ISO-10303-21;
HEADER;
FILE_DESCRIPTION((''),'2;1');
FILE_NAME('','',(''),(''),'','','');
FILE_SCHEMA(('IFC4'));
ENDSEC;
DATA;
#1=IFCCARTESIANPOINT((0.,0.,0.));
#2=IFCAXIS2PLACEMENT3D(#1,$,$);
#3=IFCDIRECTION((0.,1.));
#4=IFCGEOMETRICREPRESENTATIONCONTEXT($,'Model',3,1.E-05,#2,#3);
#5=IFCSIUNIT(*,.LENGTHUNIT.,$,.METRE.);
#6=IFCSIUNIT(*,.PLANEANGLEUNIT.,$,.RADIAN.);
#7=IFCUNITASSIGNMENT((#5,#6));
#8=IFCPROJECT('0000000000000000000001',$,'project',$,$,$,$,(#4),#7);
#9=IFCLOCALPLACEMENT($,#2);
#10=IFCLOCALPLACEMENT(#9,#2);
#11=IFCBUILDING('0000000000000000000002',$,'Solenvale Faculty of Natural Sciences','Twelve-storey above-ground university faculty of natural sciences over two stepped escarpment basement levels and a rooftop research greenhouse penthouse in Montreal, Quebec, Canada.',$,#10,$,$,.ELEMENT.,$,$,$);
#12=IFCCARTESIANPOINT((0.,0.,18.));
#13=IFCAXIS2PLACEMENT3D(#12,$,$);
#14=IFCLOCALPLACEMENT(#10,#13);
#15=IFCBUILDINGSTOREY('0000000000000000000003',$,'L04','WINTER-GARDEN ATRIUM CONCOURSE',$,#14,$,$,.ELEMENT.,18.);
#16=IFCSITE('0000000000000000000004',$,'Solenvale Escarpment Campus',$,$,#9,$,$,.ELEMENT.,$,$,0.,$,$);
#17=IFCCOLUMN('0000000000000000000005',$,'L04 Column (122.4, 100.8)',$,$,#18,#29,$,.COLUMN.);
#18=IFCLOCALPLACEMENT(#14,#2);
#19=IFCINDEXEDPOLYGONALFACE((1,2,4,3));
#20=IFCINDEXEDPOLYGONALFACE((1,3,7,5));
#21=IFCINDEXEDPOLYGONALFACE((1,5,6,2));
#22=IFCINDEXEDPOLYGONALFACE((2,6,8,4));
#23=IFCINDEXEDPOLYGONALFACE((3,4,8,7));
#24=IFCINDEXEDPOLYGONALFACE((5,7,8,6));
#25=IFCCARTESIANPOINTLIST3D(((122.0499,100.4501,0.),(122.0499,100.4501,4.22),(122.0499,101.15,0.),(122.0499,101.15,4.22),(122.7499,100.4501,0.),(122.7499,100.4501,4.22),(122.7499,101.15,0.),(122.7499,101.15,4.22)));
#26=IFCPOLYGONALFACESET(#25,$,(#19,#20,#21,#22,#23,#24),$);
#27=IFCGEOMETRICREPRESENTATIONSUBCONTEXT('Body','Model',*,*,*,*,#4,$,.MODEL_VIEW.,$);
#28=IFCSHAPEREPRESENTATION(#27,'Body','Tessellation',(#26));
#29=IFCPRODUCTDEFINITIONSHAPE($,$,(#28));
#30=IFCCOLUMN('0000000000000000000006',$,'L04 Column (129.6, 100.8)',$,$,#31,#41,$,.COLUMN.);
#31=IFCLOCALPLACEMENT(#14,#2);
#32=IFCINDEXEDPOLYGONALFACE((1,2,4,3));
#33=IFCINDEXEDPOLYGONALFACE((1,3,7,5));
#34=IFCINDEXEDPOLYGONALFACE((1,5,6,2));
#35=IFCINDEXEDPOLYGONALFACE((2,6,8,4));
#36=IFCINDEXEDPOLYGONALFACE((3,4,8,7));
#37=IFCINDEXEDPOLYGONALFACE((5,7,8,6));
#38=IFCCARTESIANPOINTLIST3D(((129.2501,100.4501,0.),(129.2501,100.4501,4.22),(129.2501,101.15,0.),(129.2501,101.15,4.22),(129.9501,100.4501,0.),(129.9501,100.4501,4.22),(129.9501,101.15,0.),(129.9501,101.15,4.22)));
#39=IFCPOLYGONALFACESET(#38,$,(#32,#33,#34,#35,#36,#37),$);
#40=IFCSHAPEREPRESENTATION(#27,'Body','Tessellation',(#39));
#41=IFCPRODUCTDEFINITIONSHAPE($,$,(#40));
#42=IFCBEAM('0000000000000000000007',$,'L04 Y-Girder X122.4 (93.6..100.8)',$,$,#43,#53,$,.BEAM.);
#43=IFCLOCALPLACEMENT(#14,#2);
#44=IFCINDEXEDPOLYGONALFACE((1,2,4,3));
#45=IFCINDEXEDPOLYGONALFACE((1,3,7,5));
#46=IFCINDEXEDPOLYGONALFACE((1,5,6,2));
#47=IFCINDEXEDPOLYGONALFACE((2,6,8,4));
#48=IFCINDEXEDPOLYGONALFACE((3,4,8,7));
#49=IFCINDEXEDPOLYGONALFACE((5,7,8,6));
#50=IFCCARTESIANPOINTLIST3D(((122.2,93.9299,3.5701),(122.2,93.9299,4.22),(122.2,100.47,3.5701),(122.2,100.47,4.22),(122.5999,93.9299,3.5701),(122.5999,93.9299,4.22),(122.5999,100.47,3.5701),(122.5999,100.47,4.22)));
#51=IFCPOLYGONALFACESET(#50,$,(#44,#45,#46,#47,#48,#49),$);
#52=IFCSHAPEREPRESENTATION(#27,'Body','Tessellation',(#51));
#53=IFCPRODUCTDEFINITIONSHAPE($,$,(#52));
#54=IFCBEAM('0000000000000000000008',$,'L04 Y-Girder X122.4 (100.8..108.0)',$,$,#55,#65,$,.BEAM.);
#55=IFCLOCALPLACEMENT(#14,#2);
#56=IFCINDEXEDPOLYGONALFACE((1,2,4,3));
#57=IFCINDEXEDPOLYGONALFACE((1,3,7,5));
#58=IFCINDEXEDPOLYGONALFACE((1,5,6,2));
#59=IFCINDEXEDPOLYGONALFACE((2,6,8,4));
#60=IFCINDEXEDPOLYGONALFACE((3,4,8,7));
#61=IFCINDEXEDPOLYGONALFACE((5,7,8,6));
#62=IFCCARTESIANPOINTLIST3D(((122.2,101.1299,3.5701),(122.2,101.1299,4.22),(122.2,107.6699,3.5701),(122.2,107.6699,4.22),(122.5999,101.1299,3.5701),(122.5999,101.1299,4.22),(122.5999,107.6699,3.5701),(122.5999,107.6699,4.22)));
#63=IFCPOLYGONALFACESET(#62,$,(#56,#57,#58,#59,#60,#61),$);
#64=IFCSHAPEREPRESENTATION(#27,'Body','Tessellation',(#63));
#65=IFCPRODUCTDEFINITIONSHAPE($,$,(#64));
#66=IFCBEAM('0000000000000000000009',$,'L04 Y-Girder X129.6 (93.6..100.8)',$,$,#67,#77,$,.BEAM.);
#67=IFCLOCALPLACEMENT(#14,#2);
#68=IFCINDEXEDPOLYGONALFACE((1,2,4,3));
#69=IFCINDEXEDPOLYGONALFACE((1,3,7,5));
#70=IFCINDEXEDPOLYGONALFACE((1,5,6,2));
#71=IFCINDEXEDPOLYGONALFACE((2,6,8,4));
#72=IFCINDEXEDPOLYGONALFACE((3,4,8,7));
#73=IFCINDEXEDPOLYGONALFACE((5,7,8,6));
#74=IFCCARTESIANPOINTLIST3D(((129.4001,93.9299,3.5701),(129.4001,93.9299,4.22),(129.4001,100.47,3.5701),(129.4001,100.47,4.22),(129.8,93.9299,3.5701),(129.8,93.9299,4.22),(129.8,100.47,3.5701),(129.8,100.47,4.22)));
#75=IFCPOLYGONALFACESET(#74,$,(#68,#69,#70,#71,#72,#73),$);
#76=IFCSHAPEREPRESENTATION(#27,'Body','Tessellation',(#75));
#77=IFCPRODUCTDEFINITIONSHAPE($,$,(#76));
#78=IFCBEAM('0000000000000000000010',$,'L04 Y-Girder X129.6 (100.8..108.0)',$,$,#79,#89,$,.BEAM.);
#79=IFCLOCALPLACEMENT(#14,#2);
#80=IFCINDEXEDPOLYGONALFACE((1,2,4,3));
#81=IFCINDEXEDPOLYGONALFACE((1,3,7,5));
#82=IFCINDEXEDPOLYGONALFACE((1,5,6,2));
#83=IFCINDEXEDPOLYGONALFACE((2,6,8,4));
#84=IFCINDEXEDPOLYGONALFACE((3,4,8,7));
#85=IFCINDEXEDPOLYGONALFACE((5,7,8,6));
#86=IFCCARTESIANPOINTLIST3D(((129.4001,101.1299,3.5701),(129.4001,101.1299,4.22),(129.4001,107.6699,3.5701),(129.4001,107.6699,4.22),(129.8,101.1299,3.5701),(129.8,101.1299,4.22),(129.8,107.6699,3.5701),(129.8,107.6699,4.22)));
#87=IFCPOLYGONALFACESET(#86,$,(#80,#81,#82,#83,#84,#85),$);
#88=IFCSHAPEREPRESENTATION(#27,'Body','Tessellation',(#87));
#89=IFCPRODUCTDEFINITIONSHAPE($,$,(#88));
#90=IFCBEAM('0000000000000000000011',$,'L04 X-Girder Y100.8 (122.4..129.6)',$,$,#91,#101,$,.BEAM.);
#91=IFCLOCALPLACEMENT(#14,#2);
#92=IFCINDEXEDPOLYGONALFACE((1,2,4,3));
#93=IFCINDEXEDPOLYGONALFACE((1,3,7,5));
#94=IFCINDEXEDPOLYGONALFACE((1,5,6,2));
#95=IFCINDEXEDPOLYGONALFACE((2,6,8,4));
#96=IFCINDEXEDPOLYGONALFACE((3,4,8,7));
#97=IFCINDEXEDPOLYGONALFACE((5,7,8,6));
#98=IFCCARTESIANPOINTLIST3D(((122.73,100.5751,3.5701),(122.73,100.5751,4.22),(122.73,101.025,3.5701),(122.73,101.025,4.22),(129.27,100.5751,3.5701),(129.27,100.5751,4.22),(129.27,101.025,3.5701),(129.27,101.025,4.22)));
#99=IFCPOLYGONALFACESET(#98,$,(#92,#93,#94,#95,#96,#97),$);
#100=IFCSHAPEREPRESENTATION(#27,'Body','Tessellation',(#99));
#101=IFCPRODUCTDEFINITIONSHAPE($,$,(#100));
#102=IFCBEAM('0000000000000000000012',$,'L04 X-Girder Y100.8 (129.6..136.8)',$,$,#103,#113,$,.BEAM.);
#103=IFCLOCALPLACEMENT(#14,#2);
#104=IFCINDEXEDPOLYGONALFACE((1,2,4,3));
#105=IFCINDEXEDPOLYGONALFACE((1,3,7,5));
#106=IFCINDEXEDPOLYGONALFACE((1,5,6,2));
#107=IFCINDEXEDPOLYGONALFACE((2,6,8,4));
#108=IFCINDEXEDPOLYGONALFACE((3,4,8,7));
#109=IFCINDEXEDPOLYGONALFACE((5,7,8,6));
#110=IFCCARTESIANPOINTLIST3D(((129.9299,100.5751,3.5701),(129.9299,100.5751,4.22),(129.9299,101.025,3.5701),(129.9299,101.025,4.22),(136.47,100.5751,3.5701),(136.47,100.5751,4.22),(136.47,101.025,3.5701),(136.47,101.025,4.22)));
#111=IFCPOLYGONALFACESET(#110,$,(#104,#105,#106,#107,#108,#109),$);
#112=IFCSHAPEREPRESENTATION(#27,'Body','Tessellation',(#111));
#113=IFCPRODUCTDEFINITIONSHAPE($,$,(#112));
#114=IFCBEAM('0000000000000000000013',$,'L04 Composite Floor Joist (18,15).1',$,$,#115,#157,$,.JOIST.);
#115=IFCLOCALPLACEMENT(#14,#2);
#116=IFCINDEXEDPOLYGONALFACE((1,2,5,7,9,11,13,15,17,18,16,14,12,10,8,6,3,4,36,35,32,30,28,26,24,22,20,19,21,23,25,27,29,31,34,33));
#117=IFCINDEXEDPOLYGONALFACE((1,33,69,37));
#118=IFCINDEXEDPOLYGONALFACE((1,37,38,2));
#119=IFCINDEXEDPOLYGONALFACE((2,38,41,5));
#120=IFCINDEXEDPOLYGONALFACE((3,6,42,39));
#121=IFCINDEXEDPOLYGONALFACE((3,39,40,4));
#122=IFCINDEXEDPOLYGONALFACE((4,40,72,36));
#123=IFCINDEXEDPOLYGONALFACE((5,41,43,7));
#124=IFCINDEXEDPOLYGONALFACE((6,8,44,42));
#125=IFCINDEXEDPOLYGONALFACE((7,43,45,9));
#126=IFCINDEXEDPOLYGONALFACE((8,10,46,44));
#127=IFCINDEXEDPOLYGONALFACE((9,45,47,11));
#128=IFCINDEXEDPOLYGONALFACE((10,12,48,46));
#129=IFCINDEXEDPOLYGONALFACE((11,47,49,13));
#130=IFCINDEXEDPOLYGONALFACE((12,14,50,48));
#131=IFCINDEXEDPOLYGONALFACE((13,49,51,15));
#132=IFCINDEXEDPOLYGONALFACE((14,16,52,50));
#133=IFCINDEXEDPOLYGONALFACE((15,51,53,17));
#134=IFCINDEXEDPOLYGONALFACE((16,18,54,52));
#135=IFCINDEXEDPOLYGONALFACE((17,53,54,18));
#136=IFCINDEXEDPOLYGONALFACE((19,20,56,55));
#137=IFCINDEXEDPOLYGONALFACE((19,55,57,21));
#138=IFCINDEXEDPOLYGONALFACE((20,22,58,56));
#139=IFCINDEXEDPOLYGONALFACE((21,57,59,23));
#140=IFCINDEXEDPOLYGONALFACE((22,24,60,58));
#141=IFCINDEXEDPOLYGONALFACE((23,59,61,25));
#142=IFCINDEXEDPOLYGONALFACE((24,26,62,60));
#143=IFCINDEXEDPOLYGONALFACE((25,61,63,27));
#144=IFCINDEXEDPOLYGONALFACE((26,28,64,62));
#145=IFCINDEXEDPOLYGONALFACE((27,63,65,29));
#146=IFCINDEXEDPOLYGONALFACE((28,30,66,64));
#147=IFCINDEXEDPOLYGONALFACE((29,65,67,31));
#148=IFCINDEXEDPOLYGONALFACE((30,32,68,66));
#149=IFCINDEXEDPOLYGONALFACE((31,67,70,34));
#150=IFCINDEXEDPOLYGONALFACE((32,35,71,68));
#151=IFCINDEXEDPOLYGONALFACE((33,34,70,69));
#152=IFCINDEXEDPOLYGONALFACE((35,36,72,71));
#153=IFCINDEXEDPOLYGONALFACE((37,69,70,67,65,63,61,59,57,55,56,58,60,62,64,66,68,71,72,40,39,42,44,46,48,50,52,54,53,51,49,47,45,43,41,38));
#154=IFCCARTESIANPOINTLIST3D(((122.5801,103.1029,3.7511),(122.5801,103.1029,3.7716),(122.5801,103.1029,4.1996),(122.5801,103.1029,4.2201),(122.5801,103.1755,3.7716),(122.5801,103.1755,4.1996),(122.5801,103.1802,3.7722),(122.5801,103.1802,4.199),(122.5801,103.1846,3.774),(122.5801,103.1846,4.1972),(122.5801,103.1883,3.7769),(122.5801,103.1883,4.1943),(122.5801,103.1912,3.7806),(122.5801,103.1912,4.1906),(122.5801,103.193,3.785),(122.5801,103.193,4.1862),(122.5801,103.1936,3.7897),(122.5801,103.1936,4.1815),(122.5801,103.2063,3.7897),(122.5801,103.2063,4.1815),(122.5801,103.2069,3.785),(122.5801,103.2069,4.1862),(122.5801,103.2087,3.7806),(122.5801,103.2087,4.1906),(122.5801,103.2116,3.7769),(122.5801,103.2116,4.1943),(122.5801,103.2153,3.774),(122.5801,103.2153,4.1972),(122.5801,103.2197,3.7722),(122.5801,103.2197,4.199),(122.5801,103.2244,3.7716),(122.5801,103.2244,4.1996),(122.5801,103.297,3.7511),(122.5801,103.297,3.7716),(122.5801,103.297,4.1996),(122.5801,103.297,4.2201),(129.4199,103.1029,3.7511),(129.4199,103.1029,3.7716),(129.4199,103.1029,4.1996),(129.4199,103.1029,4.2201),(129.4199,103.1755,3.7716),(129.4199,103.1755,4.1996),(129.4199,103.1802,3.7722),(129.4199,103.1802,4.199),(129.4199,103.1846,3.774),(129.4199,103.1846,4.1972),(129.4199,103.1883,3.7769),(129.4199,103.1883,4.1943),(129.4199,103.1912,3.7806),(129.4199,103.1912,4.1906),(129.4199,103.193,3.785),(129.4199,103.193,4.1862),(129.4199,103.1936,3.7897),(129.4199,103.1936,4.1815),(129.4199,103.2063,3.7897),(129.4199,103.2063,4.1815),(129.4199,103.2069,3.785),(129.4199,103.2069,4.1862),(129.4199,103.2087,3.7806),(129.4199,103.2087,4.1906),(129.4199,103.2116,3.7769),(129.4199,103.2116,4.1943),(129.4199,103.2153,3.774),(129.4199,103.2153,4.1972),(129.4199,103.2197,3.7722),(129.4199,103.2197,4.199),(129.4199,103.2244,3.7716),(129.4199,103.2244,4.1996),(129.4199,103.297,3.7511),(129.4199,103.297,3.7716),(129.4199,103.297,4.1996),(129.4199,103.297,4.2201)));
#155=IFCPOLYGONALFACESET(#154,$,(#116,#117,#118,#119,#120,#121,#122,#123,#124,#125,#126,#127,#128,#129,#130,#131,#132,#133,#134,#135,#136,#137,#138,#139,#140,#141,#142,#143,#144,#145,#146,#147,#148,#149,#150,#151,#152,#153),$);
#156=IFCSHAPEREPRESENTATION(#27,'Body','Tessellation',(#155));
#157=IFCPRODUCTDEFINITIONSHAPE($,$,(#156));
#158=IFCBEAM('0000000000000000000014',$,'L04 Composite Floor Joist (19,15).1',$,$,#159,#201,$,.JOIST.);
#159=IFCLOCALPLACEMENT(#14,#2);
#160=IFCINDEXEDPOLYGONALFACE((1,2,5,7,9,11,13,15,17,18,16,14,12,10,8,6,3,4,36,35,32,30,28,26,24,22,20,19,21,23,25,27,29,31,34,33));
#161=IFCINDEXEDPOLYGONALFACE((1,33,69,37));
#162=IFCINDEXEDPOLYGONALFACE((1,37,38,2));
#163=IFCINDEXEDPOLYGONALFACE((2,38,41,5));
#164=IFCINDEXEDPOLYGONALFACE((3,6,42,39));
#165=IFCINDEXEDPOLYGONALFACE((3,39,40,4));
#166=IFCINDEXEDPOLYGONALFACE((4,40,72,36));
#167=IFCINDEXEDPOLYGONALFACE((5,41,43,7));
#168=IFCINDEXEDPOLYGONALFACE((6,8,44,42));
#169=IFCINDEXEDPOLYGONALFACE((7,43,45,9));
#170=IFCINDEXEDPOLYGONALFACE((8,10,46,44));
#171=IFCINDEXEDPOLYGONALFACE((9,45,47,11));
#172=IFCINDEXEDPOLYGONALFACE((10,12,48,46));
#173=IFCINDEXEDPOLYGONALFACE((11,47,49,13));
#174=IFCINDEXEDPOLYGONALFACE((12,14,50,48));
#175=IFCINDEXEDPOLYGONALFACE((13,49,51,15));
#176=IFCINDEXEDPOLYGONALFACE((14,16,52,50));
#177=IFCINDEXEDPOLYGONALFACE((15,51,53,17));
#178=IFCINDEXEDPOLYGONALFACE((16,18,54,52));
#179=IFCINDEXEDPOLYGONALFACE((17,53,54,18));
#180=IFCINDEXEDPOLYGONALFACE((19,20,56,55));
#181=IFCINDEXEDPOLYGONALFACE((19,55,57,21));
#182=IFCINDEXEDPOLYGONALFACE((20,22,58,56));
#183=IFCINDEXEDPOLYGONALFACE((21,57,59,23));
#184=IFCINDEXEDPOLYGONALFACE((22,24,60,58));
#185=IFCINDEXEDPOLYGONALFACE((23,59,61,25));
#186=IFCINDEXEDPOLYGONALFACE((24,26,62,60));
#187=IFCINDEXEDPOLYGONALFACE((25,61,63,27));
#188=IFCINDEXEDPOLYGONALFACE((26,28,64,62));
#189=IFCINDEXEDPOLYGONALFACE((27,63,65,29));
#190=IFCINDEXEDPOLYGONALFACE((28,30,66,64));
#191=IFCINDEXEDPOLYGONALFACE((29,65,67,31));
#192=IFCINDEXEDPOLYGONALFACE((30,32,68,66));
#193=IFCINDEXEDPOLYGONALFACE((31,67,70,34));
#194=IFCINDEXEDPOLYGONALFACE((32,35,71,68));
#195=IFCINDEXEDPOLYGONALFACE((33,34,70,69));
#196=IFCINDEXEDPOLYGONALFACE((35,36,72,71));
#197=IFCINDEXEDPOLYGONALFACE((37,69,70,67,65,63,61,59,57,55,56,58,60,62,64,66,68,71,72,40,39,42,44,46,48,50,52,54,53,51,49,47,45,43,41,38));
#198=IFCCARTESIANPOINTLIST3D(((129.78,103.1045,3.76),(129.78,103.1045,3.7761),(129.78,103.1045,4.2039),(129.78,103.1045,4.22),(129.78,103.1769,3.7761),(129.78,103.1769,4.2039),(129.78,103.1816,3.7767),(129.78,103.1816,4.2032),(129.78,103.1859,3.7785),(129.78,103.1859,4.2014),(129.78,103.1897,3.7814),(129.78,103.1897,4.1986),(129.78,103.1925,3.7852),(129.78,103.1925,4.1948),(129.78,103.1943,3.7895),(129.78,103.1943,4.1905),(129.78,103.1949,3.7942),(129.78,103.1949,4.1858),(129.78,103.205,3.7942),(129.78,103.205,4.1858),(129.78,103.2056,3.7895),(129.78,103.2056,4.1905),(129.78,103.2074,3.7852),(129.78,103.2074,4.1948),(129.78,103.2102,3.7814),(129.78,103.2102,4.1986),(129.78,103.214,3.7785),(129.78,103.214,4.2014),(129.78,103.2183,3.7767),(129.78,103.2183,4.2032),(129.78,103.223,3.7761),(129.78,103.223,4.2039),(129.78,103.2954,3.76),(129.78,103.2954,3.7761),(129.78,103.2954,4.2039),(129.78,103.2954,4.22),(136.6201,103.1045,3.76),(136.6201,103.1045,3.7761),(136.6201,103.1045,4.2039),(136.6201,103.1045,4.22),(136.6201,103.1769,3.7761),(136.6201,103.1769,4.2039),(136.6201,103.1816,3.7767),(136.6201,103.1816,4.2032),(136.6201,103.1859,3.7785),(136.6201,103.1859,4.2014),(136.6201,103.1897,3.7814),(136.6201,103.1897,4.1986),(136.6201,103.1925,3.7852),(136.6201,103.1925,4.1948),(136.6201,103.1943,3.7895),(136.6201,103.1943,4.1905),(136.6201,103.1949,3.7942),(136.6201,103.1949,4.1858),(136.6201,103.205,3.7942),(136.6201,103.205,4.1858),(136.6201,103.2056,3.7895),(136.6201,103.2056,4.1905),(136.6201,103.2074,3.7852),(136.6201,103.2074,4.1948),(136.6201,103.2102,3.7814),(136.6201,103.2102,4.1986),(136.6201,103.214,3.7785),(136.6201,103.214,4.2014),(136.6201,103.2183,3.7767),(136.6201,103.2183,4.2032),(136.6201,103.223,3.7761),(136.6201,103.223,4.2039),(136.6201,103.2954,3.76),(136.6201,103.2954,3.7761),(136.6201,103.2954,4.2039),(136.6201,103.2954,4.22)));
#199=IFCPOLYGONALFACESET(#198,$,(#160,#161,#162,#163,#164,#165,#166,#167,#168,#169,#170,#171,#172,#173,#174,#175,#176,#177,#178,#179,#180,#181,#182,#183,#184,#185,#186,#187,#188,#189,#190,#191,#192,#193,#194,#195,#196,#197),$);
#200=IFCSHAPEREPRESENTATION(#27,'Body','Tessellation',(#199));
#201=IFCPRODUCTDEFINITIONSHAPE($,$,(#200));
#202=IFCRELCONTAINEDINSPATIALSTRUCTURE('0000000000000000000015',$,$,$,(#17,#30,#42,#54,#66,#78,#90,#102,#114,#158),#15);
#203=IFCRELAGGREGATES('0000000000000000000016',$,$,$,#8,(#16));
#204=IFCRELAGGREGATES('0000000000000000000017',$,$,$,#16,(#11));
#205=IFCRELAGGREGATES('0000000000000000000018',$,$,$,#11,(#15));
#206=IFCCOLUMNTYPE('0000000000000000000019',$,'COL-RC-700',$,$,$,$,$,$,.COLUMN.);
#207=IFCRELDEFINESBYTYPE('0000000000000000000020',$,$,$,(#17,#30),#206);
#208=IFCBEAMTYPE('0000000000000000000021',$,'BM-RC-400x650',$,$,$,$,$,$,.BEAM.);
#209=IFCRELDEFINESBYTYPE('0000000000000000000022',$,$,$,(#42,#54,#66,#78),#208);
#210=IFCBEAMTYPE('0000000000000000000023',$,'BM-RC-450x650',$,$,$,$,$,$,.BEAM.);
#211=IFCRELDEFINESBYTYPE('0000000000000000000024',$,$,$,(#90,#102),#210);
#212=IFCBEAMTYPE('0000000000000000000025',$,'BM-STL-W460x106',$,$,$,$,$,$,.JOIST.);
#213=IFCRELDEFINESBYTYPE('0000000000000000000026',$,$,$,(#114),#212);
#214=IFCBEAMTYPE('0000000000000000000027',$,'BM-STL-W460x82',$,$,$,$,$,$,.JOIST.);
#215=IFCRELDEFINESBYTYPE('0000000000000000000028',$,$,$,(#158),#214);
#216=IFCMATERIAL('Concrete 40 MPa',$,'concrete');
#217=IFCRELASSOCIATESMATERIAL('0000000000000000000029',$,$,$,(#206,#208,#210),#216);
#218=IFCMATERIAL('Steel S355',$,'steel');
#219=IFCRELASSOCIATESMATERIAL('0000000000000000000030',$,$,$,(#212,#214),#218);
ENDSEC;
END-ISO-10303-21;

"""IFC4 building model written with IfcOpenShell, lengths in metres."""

from ifc_helpers import new_model, si_unit, direction, frame, origin, origin_2d, place, context, subcontext, project, spatial, rectangle, i_section, extrude, material, material_profile, profile_set, type_object, element, save


model = new_model("IFC4")

# Units and contexts
model_context = context("Model", 3, precision=1e-05, world=origin(), true_north=direction((0.0, 1.0)))
body_context = subcontext(model_context, "Body", "Model", "MODEL_VIEW")
ifc_project = project(units=[si_unit("LENGTHUNIT", "METRE"), si_unit("PLANEANGLEUNIT", "RADIAN")], contexts=[model_context])

# Site, building, storey
site_placement = place(None, origin())
site = spatial("IfcSite", under=ifc_project, at=site_placement, Name="Solenvale Escarpment Campus", CompositionType="ELEMENT", RefElevation=0.0)
building_placement = place(site_placement, origin())
building = spatial("IfcBuilding", under=site, at=building_placement, Name="Solenvale Faculty of Natural Sciences", Description="Twelve-storey above-ground university faculty of natural sciences over two stepped escarpment basement levels and a rooftop research greenhouse penthouse in Montreal, Quebec, Canada.", CompositionType="ELEMENT")
storey_placement = place(building_placement, frame((0.0, 0.0, 18.0)))
storey = spatial("IfcBuildingStorey", under=building, at=storey_placement, Name="L04", Description="WINTER-GARDEN ATRIUM CONCOURSE", CompositionType="ELEMENT", Elevation=18.0)

# Columns
ifc_material_1 = material(Name="Concrete 40 MPa", Category="concrete")
ifc_material_profile_1 = material_profile(ifc_material_1, rectangle(XDim=0.7, YDim=0.7, at=origin_2d()), Name="RC-COL-700x700")
ifc_profile_set_1 = profile_set([ifc_material_profile_1], Name="Concrete 40 MPa")
column_type = type_object("IfcColumnType", Name="COL-RC-700", PredefinedType="COLUMN", material=ifc_profile_set_1)
for number, where, z_axis, x_axis, name in (
    (1, (122.3999, 100.8, 0.0), (0.0, 0.0, 1.0), (1.0, 0.0, 0.0), "L04 Column (122.4, 100.8)"),
    (2, (129.6001, 100.8, 0.0), (0.0, 0.0, 1.0), (1.0, 0.0, 0.0), "L04 Column (129.6, 100.8)"),
):
    element("IfcColumn", number, at=place(storey_placement, frame(where, z_axis=z_axis, x_axis=x_axis)), inside=storey, type_object=column_type, Name=name, PredefinedType="COLUMN", context=body_context, shape_type="SweptSolid", body=[
        extrude(rectangle(XDim=0.7, YDim=0.7, at=origin_2d()), origin(), (0.0, 0.0, 1.0), 4.22),
    ])

# Beams
ifc_material_profile_2 = material_profile(ifc_material_1, rectangle(XDim=0.3999, YDim=0.6499, at=origin_2d()), Name="RC-BM-400x650")
ifc_profile_set_2 = profile_set([ifc_material_profile_2], Name="Concrete 40 MPa")
beam_type_1 = type_object("IfcBeamType", Name="BM-RC-400x650", PredefinedType="BEAM", material=ifc_profile_set_2)
for number, where, z_axis, x_axis, name in (
    (3, (122.3999, 93.9299, 3.895), (0.0, 1.0, 0.0), (-1.0, 0.0, 0.0), "L04 Y-Girder X122.4 (93.6..100.8)"),
    (4, (122.3999, 101.1299, 3.895), (0.0, 1.0, 0.0), (-1.0, 0.0, 0.0), "L04 Y-Girder X122.4 (100.8..108.0)"),
    (5, (129.6001, 93.9299, 3.895), (0.0, 1.0, 0.0), (-1.0, 0.0, 0.0), "L04 Y-Girder X129.6 (93.6..100.8)"),
    (6, (129.6001, 101.1299, 3.895), (0.0, 1.0, 0.0), (-1.0, 0.0, 0.0), "L04 Y-Girder X129.6 (100.8..108.0)"),
):
    element("IfcBeam", number, at=place(storey_placement, frame(where, z_axis=z_axis, x_axis=x_axis)), inside=storey, type_object=beam_type_1, Name=name, PredefinedType="BEAM", context=body_context, shape_type="SweptSolid", body=[
        extrude(rectangle(XDim=0.3999, YDim=0.6499, at=origin_2d()), origin(), (0.0, 0.0, 1.0), 6.54),
    ])
ifc_material_profile_3 = material_profile(ifc_material_1, rectangle(XDim=0.45, YDim=0.6499, at=origin_2d()), Name="RC-BM-450x650")
ifc_profile_set_3 = profile_set([ifc_material_profile_3], Name="Concrete 40 MPa")
beam_type_2 = type_object("IfcBeamType", Name="BM-RC-450x650", PredefinedType="BEAM", material=ifc_profile_set_3)
for number, where, z_axis, x_axis, name in (
    (7, (122.73, 100.8, 3.895), (1.0, 0.0, 0.0), (0.0, 1.0, 0.0), "L04 X-Girder Y100.8 (122.4..129.6)"),
    (8, (129.9299, 100.8, 3.895), (1.0, 0.0, 0.0), (0.0, 1.0, 0.0), "L04 X-Girder Y100.8 (129.6..136.8)"),
):
    element("IfcBeam", number, at=place(storey_placement, frame(where, z_axis=z_axis, x_axis=x_axis)), inside=storey, type_object=beam_type_2, Name=name, PredefinedType="BEAM", context=body_context, shape_type="SweptSolid", body=[
        extrude(rectangle(XDim=0.45, YDim=0.6499, at=origin_2d()), origin(), (0.0, 0.0, 1.0), 6.54),
    ])
ifc_material_2 = material(Name="Steel S355", Category="steel")
ifc_material_profile_4 = material_profile(ifc_material_2, i_section(OverallWidth=0.1941, OverallDepth=0.469, WebThickness=0.0127, FlangeThickness=0.0205, FilletRadius=0.0181, at=origin_2d()), Name="W460x106")
ifc_profile_set_4 = profile_set([ifc_material_profile_4], Name="Steel S355")
beam_type_3 = type_object("IfcBeamType", Name="BM-STL-W460x106", PredefinedType="JOIST", material=ifc_profile_set_4)
beam_1_placement = place(storey_placement, frame((122.5801, 103.2, 3.9856), z_axis=(1.0, 0.0, 0.0), x_axis=(0.0, 1.0, 0.0)))
element("IfcBeam", 9, at=beam_1_placement, inside=storey, type_object=beam_type_3, Name="L04 Composite Floor Joist (18,15).1", PredefinedType="JOIST", context=body_context, shape_type="SweptSolid", body=[
    extrude(i_section(OverallWidth=0.1941, OverallDepth=0.469, WebThickness=0.0127, FlangeThickness=0.0205, FilletRadius=0.0181, at=origin_2d()), origin(), (0.0, 0.0, 1.0), 6.8398),
])
ifc_material_profile_5 = material_profile(ifc_material_2, i_section(OverallWidth=0.1909, OverallDepth=0.46, WebThickness=0.01, FlangeThickness=0.0161, FilletRadius=0.0181, at=origin_2d()), Name="W460x82")
ifc_profile_set_5 = profile_set([ifc_material_profile_5], Name="Steel S355")
beam_type_4 = type_object("IfcBeamType", Name="BM-STL-W460x82", PredefinedType="JOIST", material=ifc_profile_set_5)
beam_2_placement = place(storey_placement, frame((129.78, 103.2, 3.99), z_axis=(1.0, 0.0, 0.0), x_axis=(0.0, 1.0, 0.0)))
element("IfcBeam", 10, at=beam_2_placement, inside=storey, type_object=beam_type_4, Name="L04 Composite Floor Joist (19,15).1", PredefinedType="JOIST", context=body_context, shape_type="SweptSolid", body=[
    extrude(i_section(OverallWidth=0.1909, OverallDepth=0.46, WebThickness=0.01, FlangeThickness=0.0161, FilletRadius=0.0181, at=origin_2d()), origin(), (0.0, 0.0, 1.0), 6.8401),
])

save(model, "model.ifc")
